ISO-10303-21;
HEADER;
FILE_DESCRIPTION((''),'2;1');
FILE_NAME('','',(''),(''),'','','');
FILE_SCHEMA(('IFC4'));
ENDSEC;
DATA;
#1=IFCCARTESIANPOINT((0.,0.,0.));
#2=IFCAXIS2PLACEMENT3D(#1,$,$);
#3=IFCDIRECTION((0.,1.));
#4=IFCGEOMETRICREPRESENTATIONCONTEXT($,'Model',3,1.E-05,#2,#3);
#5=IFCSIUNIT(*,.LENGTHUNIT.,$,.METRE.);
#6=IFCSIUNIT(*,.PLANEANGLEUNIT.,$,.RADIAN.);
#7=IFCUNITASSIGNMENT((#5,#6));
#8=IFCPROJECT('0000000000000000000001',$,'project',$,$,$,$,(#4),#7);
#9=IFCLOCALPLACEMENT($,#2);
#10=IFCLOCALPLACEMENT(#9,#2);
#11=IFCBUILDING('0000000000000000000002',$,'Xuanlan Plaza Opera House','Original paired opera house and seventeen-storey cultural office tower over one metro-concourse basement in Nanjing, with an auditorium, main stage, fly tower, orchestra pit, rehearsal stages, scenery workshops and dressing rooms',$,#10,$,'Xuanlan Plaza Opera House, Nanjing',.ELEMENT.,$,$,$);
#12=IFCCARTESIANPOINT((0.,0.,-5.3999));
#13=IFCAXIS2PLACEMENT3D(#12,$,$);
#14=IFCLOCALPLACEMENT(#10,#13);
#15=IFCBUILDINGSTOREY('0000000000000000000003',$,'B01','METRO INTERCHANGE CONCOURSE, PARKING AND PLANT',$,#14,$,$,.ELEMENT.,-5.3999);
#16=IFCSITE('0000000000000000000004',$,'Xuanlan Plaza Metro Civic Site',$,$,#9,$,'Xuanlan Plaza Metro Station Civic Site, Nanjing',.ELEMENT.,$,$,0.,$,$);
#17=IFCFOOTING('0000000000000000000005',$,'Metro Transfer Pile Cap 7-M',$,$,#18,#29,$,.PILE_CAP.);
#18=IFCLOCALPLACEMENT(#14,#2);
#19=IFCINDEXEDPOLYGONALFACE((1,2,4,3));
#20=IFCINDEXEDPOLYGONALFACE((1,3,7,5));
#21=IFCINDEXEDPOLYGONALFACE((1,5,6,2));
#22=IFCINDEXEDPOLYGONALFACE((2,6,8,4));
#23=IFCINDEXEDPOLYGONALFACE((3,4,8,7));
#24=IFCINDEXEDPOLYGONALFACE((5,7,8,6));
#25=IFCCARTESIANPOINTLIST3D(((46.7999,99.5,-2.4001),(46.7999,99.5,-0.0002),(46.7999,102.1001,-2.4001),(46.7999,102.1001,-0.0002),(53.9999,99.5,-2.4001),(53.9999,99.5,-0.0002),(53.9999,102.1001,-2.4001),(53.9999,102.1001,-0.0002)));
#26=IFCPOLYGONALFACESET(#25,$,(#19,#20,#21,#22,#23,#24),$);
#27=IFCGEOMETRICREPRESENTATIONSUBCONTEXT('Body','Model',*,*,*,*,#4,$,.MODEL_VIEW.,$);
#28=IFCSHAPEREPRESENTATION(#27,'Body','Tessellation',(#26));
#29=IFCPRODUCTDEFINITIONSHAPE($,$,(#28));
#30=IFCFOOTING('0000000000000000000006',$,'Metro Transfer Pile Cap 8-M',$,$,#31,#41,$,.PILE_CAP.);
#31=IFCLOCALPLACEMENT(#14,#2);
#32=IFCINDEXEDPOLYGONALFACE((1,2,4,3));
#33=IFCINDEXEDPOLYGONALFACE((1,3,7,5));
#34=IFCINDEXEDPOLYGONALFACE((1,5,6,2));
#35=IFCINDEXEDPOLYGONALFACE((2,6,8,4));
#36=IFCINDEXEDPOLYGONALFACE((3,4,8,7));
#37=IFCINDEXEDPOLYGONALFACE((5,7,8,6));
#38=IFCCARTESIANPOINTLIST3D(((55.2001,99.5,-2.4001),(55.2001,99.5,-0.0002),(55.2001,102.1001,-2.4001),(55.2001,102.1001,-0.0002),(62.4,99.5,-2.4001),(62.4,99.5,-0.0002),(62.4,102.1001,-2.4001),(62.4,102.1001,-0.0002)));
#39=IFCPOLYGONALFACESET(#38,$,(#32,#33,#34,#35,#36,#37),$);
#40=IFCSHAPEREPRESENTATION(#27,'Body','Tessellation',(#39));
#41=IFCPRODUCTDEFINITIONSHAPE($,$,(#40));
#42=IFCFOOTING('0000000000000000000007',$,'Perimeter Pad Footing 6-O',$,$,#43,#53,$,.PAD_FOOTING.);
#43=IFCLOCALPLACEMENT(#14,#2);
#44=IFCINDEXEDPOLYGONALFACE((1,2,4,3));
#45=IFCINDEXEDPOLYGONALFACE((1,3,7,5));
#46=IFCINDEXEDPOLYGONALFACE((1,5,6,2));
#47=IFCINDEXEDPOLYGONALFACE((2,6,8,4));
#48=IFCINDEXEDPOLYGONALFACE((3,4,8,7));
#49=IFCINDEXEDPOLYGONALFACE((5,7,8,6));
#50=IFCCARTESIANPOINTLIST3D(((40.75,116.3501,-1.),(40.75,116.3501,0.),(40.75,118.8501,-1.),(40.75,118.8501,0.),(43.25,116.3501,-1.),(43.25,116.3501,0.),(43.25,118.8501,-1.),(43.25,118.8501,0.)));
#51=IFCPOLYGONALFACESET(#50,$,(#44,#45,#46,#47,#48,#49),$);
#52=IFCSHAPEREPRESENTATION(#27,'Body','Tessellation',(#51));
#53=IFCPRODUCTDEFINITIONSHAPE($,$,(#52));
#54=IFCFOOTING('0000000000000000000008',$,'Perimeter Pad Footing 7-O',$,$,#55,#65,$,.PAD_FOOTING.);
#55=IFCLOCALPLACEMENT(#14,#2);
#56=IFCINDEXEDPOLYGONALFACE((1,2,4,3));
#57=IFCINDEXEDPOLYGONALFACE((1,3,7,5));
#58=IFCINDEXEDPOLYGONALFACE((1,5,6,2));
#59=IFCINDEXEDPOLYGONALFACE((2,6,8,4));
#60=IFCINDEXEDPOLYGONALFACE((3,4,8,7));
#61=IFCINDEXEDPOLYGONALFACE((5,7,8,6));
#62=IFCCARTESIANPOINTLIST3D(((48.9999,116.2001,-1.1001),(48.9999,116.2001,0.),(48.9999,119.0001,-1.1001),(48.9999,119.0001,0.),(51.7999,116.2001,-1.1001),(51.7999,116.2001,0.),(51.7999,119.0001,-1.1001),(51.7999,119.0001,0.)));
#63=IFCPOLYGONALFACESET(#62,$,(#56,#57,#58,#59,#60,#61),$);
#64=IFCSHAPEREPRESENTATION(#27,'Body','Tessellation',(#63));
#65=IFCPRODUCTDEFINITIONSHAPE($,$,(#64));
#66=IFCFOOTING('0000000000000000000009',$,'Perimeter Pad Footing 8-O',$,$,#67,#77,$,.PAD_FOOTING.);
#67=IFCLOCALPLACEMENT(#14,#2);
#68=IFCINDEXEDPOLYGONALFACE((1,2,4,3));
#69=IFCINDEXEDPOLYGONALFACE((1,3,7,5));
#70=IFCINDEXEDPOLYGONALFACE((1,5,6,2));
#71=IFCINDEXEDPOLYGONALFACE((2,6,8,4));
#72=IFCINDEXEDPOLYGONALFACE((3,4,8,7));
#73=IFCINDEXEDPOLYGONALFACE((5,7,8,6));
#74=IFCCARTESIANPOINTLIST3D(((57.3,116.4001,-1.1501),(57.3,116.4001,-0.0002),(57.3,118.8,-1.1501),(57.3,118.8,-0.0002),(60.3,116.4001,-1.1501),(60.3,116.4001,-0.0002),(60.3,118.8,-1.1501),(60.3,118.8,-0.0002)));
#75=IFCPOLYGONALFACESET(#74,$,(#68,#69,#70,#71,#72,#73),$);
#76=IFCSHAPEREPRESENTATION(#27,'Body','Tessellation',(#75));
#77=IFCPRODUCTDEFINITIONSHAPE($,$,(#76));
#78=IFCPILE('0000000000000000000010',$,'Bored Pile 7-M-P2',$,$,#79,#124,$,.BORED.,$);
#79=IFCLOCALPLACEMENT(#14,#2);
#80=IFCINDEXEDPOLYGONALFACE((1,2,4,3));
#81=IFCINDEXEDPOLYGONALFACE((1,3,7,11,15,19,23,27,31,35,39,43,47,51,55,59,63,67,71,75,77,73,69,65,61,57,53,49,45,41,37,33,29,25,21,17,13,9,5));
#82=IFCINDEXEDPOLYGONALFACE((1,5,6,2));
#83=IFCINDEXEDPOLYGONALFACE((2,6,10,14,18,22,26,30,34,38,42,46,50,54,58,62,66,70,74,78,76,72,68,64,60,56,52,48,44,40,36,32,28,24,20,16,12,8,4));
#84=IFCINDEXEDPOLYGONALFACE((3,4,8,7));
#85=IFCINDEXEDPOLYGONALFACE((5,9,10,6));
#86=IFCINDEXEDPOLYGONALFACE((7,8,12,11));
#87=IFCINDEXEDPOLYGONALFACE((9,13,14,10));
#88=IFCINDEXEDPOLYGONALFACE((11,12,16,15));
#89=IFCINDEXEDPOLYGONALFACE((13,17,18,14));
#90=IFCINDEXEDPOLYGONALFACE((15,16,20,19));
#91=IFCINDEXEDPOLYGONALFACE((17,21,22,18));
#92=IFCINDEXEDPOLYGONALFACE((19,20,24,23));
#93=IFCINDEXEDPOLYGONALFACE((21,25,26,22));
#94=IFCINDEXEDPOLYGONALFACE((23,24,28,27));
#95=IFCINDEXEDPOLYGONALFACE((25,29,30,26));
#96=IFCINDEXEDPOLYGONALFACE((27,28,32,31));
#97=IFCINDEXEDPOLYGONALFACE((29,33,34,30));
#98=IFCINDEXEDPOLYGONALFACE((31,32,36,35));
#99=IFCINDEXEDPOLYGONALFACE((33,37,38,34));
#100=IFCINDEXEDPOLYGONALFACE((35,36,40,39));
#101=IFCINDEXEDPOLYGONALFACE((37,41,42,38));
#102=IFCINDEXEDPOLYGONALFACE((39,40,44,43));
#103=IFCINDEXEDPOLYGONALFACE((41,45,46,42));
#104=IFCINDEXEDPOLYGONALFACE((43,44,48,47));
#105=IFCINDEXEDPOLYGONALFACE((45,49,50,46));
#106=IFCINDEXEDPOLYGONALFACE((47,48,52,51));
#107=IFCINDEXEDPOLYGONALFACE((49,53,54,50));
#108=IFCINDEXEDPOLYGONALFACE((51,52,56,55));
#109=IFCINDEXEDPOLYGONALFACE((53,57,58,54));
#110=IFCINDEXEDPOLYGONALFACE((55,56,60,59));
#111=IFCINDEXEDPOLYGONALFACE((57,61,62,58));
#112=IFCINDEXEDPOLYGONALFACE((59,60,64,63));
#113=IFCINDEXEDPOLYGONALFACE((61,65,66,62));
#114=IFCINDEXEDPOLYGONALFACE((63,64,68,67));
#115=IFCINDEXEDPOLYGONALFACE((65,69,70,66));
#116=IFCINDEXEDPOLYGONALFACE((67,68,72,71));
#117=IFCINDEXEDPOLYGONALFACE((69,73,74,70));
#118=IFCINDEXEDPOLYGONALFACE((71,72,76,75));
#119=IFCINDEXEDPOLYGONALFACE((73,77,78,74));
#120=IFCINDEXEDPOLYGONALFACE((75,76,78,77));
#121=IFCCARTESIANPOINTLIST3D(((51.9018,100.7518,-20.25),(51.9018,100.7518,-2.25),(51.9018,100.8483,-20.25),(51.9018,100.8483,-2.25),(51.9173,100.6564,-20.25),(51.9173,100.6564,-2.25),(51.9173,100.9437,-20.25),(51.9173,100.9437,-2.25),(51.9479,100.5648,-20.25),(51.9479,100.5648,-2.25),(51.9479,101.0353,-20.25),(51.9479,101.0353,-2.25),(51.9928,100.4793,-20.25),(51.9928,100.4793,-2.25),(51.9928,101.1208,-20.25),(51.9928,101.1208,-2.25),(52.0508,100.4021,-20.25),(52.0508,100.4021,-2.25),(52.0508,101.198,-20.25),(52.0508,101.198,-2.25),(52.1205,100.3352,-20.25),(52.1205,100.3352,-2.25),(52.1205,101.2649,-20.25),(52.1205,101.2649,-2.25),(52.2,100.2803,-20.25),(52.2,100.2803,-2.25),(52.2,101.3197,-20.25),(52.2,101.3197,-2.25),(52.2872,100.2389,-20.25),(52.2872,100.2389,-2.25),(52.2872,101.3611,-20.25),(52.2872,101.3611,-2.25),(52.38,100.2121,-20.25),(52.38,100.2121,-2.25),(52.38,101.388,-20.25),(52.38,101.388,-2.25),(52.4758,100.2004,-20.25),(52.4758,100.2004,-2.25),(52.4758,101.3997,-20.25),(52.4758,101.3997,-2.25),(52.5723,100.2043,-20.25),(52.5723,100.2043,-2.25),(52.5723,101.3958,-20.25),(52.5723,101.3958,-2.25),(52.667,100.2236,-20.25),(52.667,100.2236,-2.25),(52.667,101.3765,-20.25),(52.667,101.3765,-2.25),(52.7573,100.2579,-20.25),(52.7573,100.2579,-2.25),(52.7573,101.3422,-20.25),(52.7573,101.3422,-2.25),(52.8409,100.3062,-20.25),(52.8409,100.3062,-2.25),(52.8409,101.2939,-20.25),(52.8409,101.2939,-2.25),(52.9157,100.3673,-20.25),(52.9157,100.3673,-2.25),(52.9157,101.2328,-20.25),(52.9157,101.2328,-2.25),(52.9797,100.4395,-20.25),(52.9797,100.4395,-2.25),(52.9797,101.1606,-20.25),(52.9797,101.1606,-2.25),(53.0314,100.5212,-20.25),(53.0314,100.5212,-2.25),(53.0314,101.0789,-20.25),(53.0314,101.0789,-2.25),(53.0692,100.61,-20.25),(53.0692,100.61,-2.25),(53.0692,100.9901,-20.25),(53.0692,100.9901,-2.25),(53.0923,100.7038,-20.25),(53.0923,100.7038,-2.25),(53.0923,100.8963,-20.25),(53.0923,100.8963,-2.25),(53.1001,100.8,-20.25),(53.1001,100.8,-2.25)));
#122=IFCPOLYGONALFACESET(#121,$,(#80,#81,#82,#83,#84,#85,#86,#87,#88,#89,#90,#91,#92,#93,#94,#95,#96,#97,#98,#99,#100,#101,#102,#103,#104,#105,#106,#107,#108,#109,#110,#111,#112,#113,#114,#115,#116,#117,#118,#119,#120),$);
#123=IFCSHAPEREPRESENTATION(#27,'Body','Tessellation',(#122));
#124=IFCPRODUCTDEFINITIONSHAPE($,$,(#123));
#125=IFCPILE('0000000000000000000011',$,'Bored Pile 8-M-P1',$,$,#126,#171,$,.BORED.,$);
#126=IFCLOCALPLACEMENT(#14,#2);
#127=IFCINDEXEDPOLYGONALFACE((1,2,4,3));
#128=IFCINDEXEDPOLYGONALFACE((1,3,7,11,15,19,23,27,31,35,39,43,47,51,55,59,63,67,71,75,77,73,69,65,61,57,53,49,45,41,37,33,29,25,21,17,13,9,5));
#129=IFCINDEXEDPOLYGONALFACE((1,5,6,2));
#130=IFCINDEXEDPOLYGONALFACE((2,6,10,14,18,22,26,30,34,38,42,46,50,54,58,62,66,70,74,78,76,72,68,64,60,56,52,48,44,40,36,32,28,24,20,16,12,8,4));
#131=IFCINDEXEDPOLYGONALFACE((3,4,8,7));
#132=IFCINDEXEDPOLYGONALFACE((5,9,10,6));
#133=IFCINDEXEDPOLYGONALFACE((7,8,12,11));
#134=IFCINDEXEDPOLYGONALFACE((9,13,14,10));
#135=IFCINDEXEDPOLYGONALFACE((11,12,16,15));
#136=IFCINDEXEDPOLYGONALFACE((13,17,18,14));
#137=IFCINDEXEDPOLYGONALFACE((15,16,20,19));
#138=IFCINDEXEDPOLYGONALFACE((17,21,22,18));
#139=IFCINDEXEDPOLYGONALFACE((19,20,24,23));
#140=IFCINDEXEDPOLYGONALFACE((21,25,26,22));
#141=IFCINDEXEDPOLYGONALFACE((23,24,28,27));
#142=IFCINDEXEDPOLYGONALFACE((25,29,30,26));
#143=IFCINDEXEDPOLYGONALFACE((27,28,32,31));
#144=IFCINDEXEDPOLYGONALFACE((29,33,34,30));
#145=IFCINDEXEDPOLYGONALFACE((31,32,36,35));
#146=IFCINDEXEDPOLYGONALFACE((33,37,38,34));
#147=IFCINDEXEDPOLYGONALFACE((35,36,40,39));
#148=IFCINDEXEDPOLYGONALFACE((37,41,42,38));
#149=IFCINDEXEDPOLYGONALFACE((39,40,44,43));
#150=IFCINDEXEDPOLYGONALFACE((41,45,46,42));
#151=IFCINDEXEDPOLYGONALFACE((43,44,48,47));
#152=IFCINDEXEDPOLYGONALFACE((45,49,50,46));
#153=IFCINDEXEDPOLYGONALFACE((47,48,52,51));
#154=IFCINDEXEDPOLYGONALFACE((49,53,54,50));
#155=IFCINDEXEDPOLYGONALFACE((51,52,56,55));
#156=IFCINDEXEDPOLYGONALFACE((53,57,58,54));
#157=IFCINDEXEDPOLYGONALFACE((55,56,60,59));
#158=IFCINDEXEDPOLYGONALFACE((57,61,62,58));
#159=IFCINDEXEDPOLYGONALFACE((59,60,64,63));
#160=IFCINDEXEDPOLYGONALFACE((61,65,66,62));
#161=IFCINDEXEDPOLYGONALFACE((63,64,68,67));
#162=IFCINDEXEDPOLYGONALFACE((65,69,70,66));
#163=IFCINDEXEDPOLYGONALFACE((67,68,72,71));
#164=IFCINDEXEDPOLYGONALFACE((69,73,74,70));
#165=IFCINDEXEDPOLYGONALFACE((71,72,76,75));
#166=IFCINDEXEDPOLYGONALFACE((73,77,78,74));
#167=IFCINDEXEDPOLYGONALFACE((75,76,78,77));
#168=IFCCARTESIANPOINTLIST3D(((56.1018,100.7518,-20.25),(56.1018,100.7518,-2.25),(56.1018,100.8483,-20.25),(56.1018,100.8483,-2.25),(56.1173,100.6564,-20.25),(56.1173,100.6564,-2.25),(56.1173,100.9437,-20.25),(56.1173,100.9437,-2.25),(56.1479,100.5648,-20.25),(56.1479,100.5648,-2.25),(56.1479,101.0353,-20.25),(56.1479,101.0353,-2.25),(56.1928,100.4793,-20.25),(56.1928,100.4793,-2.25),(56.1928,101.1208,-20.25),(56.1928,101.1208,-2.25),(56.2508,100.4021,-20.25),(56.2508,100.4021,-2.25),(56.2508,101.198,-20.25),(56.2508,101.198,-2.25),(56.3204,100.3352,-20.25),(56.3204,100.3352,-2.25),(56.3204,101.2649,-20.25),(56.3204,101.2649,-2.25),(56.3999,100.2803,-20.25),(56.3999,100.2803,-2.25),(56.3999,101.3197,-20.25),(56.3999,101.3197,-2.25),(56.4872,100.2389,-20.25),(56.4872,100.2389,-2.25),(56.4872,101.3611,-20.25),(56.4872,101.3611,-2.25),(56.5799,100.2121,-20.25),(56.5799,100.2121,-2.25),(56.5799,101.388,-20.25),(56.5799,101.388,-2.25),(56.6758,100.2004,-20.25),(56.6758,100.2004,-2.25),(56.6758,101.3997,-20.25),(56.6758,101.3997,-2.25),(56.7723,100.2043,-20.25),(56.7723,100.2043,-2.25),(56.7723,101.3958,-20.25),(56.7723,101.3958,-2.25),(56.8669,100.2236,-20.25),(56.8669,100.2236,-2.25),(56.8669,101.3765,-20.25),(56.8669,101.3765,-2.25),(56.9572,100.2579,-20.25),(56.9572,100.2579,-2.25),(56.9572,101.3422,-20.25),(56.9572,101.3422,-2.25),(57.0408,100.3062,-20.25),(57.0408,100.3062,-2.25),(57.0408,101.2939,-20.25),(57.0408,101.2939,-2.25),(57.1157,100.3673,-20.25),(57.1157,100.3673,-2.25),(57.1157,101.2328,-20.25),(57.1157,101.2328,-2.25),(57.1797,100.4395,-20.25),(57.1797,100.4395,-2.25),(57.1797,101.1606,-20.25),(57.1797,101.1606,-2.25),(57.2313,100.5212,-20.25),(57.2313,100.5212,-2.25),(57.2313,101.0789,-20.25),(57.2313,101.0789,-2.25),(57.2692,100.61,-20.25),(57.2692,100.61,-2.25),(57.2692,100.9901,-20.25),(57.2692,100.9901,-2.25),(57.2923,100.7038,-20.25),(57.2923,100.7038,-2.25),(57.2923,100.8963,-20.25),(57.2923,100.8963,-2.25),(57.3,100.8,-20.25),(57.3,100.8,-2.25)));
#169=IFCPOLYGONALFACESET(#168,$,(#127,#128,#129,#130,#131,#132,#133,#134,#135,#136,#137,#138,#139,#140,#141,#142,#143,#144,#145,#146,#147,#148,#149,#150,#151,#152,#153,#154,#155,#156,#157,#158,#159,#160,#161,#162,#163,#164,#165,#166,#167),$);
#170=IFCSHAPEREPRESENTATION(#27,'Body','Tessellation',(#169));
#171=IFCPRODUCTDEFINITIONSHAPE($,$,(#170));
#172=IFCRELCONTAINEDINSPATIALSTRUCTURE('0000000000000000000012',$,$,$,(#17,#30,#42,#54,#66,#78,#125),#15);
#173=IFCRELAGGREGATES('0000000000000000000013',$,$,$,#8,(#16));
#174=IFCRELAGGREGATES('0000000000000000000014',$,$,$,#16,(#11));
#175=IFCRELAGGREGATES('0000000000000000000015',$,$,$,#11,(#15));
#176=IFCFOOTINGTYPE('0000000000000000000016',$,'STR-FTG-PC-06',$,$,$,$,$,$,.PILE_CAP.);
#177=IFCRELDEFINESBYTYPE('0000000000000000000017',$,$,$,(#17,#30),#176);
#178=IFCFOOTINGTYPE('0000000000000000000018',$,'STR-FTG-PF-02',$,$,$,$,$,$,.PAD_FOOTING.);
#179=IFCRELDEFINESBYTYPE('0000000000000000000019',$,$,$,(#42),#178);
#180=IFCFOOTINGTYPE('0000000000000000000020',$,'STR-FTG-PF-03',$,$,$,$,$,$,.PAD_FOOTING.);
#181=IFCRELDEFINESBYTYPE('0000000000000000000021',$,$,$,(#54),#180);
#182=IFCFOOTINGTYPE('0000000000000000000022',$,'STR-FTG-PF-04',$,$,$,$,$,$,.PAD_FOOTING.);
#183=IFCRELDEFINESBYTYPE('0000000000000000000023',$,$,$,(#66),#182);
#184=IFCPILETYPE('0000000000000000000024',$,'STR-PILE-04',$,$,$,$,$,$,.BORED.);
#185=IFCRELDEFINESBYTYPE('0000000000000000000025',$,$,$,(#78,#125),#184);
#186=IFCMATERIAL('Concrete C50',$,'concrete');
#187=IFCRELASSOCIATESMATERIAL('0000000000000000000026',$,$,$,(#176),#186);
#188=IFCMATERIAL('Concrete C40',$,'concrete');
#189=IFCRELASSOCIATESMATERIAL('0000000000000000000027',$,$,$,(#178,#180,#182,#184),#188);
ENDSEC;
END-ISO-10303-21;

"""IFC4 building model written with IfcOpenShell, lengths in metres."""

from ifc_helpers import new_model, si_unit, direction, frame, origin, origin_2d, place, context, subcontext, project, spatial, rectangle, circle, extrude, material, material_profile, profile_set, type_object, element, save


model = new_model("IFC4")

# Units and contexts
model_context = context("Model", 3, precision=1e-05, world=origin(), true_north=direction((0.0, 1.0)))
body_context = subcontext(model_context, "Body", "Model", "MODEL_VIEW")
ifc_project = project(units=[si_unit("LENGTHUNIT", "METRE"), si_unit("PLANEANGLEUNIT", "RADIAN")], contexts=[model_context])

# Site, building, storey
site_placement = place(None, origin())
site = spatial("IfcSite", under=ifc_project, at=site_placement, Name="Xuanlan Plaza Metro Civic Site", LongName="Xuanlan Plaza Metro Station Civic Site, Nanjing", CompositionType="ELEMENT", RefElevation=0.0)
building_placement = place(site_placement, origin())
building = spatial("IfcBuilding", under=site, at=building_placement, Name="Xuanlan Plaza Opera House", Description="Original paired opera house and seventeen-storey cultural office tower over one metro-concourse basement in Nanjing, with an auditorium, main stage, fly tower, orchestra pit, rehearsal stages, scenery workshops and dressing rooms", LongName="Xuanlan Plaza Opera House, Nanjing", CompositionType="ELEMENT")
storey_placement = place(building_placement, frame((0.0, 0.0, -5.3999)))
storey = spatial("IfcBuildingStorey", under=building, at=storey_placement, Name="B01", Description="METRO INTERCHANGE CONCOURSE, PARKING AND PLANT", CompositionType="ELEMENT", Elevation=-5.3999)

# Footings
ifc_material_1 = material(Name="Concrete C50", Category="concrete")
footing_type_1 = type_object("IfcFootingType", Name="STR-FTG-PC-06", PredefinedType="PILE_CAP", material=ifc_material_1)
for number, where, z_axis, x_axis, name in (
    (1, (50.3999, 100.8, -2.4001), (0.0, 0.0, 1.0), (1.0, 0.0, 0.0), "Metro Transfer Pile Cap 7-M"),
    (2, (58.8, 100.8, -2.4001), (0.0, 0.0, 1.0), (1.0, 0.0, 0.0), "Metro Transfer Pile Cap 8-M"),
):
    element("IfcFooting", number, at=place(storey_placement, frame(where, z_axis=z_axis, x_axis=x_axis)), inside=storey, type_object=footing_type_1, Name=name, PredefinedType="PILE_CAP", context=body_context, shape_type="SweptSolid", body=[
        extrude(rectangle(XDim=7.2, YDim=2.6001, at=origin_2d()), origin(), (0.0, 0.0, 1.0), 2.3999),
    ])
ifc_material_2 = material(Name="Concrete C40", Category="concrete")
footing_type_2 = type_object("IfcFootingType", Name="STR-FTG-PF-02", PredefinedType="PAD_FOOTING", material=ifc_material_2)
footing_1_placement = place(storey_placement, frame((42.0, 117.6001, -1.0), z_axis=(0.0, 0.0, 1.0), x_axis=(1.0, 0.0, 0.0)))
element("IfcFooting", 3, at=footing_1_placement, inside=storey, type_object=footing_type_2, Name="Perimeter Pad Footing 6-O", PredefinedType="PAD_FOOTING", context=body_context, shape_type="SweptSolid", body=[
    extrude(rectangle(XDim=2.5, YDim=2.5, at=origin_2d()), origin(), (0.0, 0.0, 1.0), 1.0),
])
footing_type_3 = type_object("IfcFootingType", Name="STR-FTG-PF-03", PredefinedType="PAD_FOOTING", material=ifc_material_2)
footing_2_placement = place(storey_placement, frame((50.3999, 117.6001, -1.1001), z_axis=(0.0, 0.0, 1.0), x_axis=(1.0, 0.0, 0.0)))
element("IfcFooting", 4, at=footing_2_placement, inside=storey, type_object=footing_type_3, Name="Perimeter Pad Footing 7-O", PredefinedType="PAD_FOOTING", context=body_context, shape_type="SweptSolid", body=[
    extrude(rectangle(XDim=2.8, YDim=2.8, at=origin_2d()), origin(), (0.0, 0.0, 1.0), 1.1001),
])
footing_type_4 = type_object("IfcFootingType", Name="STR-FTG-PF-04", PredefinedType="PAD_FOOTING", material=ifc_material_2)
footing_3_placement = place(storey_placement, frame((58.8, 117.6001, -1.1501), z_axis=(0.0, 0.0, 1.0), x_axis=(1.0, 0.0, 0.0)))
element("IfcFooting", 5, at=footing_3_placement, inside=storey, type_object=footing_type_4, Name="Perimeter Pad Footing 8-O", PredefinedType="PAD_FOOTING", context=body_context, shape_type="SweptSolid", body=[
    extrude(rectangle(XDim=3.0, YDim=2.3999, at=origin_2d()), origin(), (0.0, 0.0, 1.0), 1.1499),
])

# Piles
ifc_material_profile_1 = material_profile(ifc_material_2, circle(Radius=0.6001, at=origin_2d()), Name="PILE D1200")
ifc_profile_set_1 = profile_set([ifc_material_profile_1], Name="Concrete C40")
pile_type = type_object("IfcPileType", Name="STR-PILE-04", PredefinedType="BORED", material=ifc_profile_set_1)
for number, where, z_axis, x_axis, name in (
    (6, (52.5, 100.8, -2.25), (0.0, 0.0, -1.0), (1.0, 0.0, 0.0), "Bored Pile 7-M-P2"),
    (7, (56.7, 100.8, -2.25), (0.0, 0.0, -1.0), (1.0, 0.0, 0.0), "Bored Pile 8-M-P1"),
):
    element("IfcPile", number, at=place(storey_placement, frame(where, z_axis=z_axis, x_axis=x_axis)), inside=storey, type_object=pile_type, Name=name, PredefinedType="BORED", context=body_context, shape_type="SweptSolid", body=[
        extrude(circle(Radius=0.6001, at=origin_2d()), origin(), (0.0, 0.0, 1.0), 18.0),
    ])

save(model, "model.ifc")
